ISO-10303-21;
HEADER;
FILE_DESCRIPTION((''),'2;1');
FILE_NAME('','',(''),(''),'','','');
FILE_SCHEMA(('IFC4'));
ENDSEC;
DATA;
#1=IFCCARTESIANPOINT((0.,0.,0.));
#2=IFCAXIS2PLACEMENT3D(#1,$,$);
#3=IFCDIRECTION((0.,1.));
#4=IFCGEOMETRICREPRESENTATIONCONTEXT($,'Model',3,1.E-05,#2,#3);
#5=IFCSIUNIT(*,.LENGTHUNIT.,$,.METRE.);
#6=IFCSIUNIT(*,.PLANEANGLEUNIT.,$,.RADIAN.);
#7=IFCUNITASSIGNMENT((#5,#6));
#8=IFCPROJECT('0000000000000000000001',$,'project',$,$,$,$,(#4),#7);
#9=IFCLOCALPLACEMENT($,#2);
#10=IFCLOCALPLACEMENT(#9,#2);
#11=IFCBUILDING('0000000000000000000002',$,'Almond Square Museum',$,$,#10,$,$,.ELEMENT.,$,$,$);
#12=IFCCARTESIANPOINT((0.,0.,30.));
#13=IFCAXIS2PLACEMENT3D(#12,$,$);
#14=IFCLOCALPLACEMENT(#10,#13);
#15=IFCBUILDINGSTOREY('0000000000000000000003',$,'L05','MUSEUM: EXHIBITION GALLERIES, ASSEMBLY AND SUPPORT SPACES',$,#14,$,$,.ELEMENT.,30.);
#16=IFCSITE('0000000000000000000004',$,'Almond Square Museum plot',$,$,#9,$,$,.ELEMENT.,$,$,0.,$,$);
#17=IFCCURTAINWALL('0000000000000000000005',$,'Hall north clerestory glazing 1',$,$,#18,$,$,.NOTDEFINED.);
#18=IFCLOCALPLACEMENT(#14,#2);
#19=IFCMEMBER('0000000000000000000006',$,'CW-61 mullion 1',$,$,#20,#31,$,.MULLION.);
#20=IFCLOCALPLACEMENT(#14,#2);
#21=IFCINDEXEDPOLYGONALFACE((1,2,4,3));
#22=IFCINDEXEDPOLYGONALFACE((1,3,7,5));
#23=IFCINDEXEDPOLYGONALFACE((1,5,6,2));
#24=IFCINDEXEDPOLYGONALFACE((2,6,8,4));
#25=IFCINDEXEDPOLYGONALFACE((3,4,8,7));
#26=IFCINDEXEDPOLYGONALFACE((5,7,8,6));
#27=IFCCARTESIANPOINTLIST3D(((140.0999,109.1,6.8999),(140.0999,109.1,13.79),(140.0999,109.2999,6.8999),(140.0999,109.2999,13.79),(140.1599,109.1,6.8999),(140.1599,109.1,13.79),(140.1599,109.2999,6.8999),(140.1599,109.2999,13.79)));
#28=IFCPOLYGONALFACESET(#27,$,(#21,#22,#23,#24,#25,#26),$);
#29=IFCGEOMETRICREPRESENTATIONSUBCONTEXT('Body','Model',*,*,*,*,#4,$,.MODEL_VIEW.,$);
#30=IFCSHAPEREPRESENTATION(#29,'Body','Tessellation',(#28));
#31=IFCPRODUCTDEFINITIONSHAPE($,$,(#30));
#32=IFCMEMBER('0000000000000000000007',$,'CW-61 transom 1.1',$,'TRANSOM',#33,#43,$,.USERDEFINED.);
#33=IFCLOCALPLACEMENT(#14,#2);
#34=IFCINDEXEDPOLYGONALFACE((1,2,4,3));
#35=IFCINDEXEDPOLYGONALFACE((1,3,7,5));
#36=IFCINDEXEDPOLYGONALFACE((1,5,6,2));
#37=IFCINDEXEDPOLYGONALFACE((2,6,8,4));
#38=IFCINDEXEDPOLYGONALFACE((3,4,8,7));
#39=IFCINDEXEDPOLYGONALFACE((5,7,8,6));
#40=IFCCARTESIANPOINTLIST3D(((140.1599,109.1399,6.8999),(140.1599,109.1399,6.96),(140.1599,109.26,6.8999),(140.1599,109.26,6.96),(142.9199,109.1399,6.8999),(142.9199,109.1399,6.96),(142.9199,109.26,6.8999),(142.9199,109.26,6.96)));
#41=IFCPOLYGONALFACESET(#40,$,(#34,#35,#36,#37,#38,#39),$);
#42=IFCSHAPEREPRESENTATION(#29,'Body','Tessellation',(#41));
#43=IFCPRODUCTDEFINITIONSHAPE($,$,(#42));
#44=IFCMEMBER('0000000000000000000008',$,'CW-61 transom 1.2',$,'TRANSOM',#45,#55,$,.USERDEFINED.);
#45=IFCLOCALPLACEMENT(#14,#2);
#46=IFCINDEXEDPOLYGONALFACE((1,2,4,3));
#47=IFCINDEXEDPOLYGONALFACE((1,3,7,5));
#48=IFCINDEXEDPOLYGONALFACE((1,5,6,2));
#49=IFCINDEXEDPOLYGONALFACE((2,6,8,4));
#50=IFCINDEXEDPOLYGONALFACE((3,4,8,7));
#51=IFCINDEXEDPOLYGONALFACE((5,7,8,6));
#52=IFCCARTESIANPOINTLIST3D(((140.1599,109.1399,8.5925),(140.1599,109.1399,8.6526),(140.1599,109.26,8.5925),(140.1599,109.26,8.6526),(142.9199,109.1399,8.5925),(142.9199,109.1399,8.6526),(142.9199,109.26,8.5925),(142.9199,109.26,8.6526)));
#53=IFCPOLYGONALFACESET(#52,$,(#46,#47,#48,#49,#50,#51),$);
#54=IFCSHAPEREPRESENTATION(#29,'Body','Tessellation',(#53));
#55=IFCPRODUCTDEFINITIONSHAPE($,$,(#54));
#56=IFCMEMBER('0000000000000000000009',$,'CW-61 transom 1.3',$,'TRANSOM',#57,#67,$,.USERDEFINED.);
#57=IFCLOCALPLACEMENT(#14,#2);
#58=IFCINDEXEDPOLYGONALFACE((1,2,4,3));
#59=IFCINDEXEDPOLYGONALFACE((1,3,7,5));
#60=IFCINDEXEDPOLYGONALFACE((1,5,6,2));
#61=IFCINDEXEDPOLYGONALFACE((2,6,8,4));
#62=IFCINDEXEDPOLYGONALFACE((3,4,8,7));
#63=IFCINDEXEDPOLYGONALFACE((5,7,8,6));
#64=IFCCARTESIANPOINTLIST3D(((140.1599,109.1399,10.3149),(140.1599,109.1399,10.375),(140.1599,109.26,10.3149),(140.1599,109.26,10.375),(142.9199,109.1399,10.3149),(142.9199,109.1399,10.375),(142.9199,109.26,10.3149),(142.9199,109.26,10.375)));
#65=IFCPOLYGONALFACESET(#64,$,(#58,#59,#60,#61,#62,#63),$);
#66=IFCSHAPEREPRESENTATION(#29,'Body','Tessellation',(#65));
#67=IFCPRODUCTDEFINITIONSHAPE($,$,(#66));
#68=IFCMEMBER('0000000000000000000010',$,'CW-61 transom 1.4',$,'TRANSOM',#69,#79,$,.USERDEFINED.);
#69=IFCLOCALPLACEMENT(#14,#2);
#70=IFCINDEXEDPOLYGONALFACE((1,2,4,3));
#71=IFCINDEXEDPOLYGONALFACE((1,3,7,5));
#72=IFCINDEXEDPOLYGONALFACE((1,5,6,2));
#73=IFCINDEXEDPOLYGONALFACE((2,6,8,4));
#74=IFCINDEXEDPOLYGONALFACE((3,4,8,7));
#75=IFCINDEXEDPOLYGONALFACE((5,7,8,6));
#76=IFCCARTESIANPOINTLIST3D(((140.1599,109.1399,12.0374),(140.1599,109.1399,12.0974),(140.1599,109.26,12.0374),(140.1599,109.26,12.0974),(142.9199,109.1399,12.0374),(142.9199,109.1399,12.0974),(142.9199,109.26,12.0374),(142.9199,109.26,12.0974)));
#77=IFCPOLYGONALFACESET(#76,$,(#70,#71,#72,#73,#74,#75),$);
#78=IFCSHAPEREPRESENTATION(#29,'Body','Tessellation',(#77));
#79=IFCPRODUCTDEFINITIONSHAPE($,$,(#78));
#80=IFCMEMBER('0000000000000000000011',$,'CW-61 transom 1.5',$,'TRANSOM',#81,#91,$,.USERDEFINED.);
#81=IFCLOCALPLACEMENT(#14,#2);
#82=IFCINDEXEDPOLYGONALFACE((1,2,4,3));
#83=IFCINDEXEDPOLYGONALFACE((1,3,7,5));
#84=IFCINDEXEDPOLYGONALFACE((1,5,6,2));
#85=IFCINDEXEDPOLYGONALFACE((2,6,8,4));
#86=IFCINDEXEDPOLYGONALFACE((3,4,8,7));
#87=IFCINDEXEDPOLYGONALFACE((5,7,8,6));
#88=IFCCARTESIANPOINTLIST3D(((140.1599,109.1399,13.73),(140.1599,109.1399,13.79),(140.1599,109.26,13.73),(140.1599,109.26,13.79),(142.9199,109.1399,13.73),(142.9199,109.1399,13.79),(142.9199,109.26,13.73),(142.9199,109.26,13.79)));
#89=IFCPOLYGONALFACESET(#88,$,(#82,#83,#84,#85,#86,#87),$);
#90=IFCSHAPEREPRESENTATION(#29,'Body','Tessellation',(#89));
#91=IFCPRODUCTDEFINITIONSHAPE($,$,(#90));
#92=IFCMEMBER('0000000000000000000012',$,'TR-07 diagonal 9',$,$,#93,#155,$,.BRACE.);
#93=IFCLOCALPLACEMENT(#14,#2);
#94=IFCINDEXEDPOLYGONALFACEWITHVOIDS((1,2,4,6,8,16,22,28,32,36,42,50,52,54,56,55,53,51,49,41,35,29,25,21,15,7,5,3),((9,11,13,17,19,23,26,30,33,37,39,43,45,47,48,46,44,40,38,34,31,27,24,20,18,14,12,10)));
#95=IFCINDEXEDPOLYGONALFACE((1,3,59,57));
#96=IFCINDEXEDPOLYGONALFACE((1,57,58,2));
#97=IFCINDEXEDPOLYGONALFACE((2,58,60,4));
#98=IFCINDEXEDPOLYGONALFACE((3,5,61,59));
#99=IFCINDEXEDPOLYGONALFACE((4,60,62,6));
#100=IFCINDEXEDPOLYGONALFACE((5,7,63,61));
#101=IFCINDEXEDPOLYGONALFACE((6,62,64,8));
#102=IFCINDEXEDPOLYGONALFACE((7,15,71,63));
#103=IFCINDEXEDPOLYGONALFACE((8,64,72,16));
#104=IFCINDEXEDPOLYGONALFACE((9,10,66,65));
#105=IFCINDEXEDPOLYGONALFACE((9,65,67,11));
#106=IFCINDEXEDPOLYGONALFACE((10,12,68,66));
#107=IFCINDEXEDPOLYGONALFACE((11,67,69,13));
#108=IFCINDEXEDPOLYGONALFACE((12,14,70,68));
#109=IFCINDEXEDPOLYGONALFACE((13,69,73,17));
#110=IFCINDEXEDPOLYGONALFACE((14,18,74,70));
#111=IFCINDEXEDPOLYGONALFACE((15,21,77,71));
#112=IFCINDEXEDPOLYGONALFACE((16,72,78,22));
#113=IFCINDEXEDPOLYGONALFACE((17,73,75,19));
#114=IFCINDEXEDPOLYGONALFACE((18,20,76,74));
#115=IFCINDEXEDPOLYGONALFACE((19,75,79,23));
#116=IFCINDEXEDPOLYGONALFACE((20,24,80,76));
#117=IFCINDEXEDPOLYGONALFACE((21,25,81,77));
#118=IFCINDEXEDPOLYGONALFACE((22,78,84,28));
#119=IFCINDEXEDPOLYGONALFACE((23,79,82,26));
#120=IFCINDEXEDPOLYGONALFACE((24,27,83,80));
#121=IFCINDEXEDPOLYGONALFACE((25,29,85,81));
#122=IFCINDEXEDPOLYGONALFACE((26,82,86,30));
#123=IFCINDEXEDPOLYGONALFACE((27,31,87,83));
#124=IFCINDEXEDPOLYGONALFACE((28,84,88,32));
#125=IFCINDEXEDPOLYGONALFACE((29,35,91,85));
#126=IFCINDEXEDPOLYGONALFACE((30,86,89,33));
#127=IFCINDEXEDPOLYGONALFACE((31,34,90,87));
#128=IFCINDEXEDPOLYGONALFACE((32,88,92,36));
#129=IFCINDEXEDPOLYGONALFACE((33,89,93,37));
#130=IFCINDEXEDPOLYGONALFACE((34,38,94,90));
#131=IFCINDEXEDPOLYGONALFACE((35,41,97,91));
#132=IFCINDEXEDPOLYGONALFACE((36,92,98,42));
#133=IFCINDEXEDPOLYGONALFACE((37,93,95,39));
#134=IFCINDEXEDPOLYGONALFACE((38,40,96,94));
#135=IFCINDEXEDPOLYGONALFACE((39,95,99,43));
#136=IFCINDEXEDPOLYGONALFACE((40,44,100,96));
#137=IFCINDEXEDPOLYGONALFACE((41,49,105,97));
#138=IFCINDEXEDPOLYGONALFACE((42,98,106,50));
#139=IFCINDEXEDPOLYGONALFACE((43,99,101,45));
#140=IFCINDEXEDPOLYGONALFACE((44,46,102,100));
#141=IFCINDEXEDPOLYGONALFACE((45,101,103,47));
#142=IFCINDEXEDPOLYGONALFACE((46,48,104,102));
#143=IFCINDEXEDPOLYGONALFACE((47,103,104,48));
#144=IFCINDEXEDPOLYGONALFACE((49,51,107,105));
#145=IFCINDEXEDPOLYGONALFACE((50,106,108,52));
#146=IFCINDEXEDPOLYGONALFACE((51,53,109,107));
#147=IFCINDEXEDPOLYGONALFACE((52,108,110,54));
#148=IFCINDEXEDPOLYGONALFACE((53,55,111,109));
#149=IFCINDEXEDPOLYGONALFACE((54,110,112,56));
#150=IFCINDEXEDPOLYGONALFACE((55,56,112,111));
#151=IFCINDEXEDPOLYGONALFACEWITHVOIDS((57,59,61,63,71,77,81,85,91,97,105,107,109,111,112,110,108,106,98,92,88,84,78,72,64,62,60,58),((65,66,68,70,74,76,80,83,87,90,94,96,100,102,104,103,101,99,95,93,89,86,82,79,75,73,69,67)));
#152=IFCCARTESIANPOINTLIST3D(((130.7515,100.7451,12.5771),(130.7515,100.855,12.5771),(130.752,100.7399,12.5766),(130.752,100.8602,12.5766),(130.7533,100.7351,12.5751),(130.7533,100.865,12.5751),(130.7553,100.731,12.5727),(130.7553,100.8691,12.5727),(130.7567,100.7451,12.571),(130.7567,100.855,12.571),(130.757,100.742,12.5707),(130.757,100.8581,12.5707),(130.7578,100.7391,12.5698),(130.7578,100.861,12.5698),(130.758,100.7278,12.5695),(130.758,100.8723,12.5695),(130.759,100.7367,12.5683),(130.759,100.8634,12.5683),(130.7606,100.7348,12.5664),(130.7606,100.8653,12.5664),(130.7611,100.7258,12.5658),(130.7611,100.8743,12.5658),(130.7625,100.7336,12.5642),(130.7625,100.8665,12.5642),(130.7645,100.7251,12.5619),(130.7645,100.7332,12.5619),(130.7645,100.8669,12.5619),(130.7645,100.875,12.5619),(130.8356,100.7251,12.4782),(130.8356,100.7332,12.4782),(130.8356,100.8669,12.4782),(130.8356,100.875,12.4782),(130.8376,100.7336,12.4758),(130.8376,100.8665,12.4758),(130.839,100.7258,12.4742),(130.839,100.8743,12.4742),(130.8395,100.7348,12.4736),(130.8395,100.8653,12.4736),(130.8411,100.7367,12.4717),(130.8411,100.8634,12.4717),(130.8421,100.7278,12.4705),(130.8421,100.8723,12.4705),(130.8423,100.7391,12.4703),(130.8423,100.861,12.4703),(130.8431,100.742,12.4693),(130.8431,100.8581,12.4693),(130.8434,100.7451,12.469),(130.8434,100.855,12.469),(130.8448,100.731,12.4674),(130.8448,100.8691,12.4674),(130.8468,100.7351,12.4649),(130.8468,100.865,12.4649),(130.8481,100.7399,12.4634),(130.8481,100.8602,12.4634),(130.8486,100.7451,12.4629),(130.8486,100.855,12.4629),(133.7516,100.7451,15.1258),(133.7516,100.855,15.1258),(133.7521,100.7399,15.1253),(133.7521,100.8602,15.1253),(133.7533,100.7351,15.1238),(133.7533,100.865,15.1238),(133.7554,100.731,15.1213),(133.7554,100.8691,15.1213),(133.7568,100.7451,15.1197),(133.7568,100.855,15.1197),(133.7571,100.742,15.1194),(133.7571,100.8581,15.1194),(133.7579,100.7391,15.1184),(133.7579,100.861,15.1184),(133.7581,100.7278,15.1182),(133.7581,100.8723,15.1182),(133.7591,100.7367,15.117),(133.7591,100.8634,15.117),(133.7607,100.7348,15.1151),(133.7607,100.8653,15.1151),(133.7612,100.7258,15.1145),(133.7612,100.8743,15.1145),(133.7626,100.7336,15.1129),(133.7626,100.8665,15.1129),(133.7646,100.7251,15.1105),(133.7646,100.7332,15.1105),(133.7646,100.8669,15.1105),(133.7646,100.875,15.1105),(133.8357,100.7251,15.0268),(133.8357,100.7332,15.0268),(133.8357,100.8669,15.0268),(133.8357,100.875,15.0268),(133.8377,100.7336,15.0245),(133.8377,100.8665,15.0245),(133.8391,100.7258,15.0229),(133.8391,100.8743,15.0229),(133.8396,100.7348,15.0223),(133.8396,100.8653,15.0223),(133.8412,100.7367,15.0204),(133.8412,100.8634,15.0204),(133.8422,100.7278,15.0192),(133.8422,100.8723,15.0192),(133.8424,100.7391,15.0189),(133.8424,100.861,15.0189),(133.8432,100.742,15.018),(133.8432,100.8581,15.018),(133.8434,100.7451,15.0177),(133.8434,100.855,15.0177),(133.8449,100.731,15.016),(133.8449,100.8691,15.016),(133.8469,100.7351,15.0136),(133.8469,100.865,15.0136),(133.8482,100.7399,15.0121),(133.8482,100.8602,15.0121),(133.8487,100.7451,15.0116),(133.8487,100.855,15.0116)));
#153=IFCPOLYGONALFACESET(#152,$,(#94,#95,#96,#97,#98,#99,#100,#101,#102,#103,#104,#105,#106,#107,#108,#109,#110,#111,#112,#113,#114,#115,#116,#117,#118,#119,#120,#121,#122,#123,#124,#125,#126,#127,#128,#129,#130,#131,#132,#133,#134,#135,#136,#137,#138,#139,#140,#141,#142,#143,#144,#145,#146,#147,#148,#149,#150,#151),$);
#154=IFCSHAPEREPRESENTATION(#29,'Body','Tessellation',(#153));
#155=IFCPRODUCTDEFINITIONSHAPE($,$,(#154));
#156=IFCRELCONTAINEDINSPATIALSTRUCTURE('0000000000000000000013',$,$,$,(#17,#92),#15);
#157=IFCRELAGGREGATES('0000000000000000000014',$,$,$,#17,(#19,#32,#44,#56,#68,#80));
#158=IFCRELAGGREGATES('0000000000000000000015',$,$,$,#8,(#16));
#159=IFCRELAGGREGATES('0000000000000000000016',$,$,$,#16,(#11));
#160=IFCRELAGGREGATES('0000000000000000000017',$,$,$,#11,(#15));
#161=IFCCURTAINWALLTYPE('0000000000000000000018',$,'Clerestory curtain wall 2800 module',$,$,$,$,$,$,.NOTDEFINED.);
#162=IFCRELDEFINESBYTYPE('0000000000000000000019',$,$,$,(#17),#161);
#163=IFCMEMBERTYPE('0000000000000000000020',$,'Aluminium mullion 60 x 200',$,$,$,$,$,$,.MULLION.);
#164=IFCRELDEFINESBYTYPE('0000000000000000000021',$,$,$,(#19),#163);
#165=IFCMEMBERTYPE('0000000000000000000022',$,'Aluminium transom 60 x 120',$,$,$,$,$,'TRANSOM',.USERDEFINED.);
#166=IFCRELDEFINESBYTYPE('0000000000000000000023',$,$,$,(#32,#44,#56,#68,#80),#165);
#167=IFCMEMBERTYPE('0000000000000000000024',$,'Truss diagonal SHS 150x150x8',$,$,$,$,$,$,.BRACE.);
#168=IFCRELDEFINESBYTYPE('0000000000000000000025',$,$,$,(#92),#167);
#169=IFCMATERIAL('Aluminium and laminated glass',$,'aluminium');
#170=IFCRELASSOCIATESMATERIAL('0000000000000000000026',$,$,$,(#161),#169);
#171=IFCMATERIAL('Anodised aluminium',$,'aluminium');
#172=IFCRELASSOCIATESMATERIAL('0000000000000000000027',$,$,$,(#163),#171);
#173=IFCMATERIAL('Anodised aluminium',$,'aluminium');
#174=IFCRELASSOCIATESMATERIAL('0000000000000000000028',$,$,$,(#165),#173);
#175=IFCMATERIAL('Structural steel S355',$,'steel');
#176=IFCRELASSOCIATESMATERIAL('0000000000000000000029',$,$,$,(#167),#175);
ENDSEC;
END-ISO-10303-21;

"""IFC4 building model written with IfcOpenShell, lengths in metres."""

from ifc_helpers import new_model, si_unit, direction, frame, origin, origin_2d, place, context, subcontext, project, spatial, rectangle, hollow_rectangle, extrude, material, material_profile, profile_set, type_object, element, aggregate, save


model = new_model("IFC4")

# Units and contexts
model_context = context("Model", 3, precision=1e-05, world=origin(), true_north=direction((0.0, 1.0)))
body_context = subcontext(model_context, "Body", "Model", "MODEL_VIEW")
ifc_project = project(units=[si_unit("LENGTHUNIT", "METRE"), si_unit("PLANEANGLEUNIT", "RADIAN")], contexts=[model_context])

# Site, building, storey
site_placement = place(None, origin())
site = spatial("IfcSite", under=ifc_project, at=site_placement, Name="Almond Square Museum plot", CompositionType="ELEMENT", RefElevation=0.0)
building_placement = place(site_placement, origin())
building = spatial("IfcBuilding", under=site, at=building_placement, Name="Almond Square Museum", CompositionType="ELEMENT")
storey_placement = place(building_placement, frame((0.0, 0.0, 30.0)))
storey = spatial("IfcBuildingStorey", under=building, at=storey_placement, Name="L05", Description="MUSEUM: EXHIBITION GALLERIES, ASSEMBLY AND SUPPORT SPACES", CompositionType="ELEMENT", Elevation=30.0)

# Curtain wall, members
ifc_material_1 = material(Name="Aluminium and laminated glass", Category="aluminium")
curtain_wall_type = type_object("IfcCurtainWallType", Name="Clerestory curtain wall 2800 module", PredefinedType="NOTDEFINED", material=ifc_material_1)
curtain_wall_placement = place(storey_placement, origin())
curtain_wall = element("IfcCurtainWall", 1, at=curtain_wall_placement, inside=storey, type_object=curtain_wall_type, Name="Hall north clerestory glazing 1", PredefinedType="NOTDEFINED")
ifc_material_2 = material(Name="Anodised aluminium", Category="aluminium")
ifc_material_profile_1 = material_profile(ifc_material_2, rectangle(XDim=0.2, YDim=0.0601, at=origin_2d()))
ifc_profile_set_1 = profile_set([ifc_material_profile_1], Name="Anodised aluminium")
member_type_1 = type_object("IfcMemberType", Name="Aluminium mullion 60 x 200", PredefinedType="MULLION", material=ifc_profile_set_1)
member_1_placement = place(storey_placement, frame((140.1299, 109.2, 6.8999), z_axis=(0.0, 0.0, 1.0), x_axis=(0.0, 1.0, 0.0)))
member_1 = element("IfcMember", 2, at=member_1_placement, type_object=member_type_1, Name="CW-61 mullion 1", PredefinedType="MULLION", context=body_context, shape_type="SweptSolid", body=[
    extrude(rectangle(XDim=0.2, YDim=0.0601, at=origin_2d()), origin(), (0.0, 0.0, 1.0), 6.8901),
])
ifc_material_3 = material(Name="Anodised aluminium", Category="aluminium")
ifc_material_profile_2 = material_profile(ifc_material_3, rectangle(XDim=0.1201, YDim=0.0601, at=origin_2d()))
ifc_profile_set_2 = profile_set([ifc_material_profile_2], Name="Anodised aluminium")
member_type_2 = type_object("IfcMemberType", Name="Aluminium transom 60 x 120", ElementType="TRANSOM", PredefinedType="USERDEFINED", material=ifc_profile_set_2)
member_2_placement = place(storey_placement, frame((140.1599, 109.2, 6.9299), z_axis=(1.0, 0.0, 0.0), x_axis=(0.0, 1.0, 0.0)))
member_2 = element("IfcMember", 3, at=member_2_placement, type_object=member_type_2, Name="CW-61 transom 1.1", ObjectType="TRANSOM", PredefinedType="USERDEFINED", context=body_context, shape_type="SweptSolid", body=[
    extrude(rectangle(XDim=0.1201, YDim=0.0601, at=origin_2d()), origin(), (0.0, 0.0, 1.0), 2.76),
])
member_3_placement = place(storey_placement, frame((140.1599, 109.2, 8.6226), z_axis=(1.0, 0.0, 0.0), x_axis=(0.0, 1.0, 0.0)))
member_3 = element("IfcMember", 4, at=member_3_placement, type_object=member_type_2, Name="CW-61 transom 1.2", ObjectType="TRANSOM", PredefinedType="USERDEFINED", context=body_context, shape_type="SweptSolid", body=[
    extrude(rectangle(XDim=0.1201, YDim=0.0601, at=origin_2d()), origin(), (0.0, 0.0, 1.0), 2.76),
])
member_4_placement = place(storey_placement, frame((140.1599, 109.2, 10.345), z_axis=(1.0, 0.0, 0.0), x_axis=(0.0, 1.0, 0.0)))
member_4 = element("IfcMember", 5, at=member_4_placement, type_object=member_type_2, Name="CW-61 transom 1.3", ObjectType="TRANSOM", PredefinedType="USERDEFINED", context=body_context, shape_type="SweptSolid", body=[
    extrude(rectangle(XDim=0.1201, YDim=0.0601, at=origin_2d()), origin(), (0.0, 0.0, 1.0), 2.76),
])
member_5_placement = place(storey_placement, frame((140.1599, 109.2, 12.0674), z_axis=(1.0, 0.0, 0.0), x_axis=(0.0, 1.0, 0.0)))
member_5 = element("IfcMember", 6, at=member_5_placement, type_object=member_type_2, Name="CW-61 transom 1.4", ObjectType="TRANSOM", PredefinedType="USERDEFINED", context=body_context, shape_type="SweptSolid", body=[
    extrude(rectangle(XDim=0.1201, YDim=0.0601, at=origin_2d()), origin(), (0.0, 0.0, 1.0), 2.76),
])
member_6_placement = place(storey_placement, frame((140.1599, 109.2, 13.76), z_axis=(1.0, 0.0, 0.0), x_axis=(0.0, 1.0, 0.0)))
member_6 = element("IfcMember", 7, at=member_6_placement, type_object=member_type_2, Name="CW-61 transom 1.5", ObjectType="TRANSOM", PredefinedType="USERDEFINED", context=body_context, shape_type="SweptSolid", body=[
    extrude(rectangle(XDim=0.1201, YDim=0.0601, at=origin_2d()), origin(), (0.0, 0.0, 1.0), 2.76),
])

# Member
ifc_material_4 = material(Name="Structural steel S355", Category="steel")
ifc_material_profile_3 = material_profile(ifc_material_4, hollow_rectangle(XDim=0.1499, YDim=0.1499, WallThickness=0.0081, InnerFilletRadius=0.012, OuterFilletRadius=0.02, at=origin_2d()))
ifc_profile_set_3 = profile_set([ifc_material_profile_3], Name="Structural steel S355")
member_type_3 = type_object("IfcMemberType", Name="Truss diagonal SHS 150x150x8", PredefinedType="BRACE", material=ifc_profile_set_3)
for number, where, z_axis, x_axis, name in (
    (8, (130.8, 100.8, 12.52), (0.762117, 0.0, 0.64744), (0.0, 1.0, 0.0), "TR-07 diagonal 9"),
):
    element("IfcMember", number, at=place(storey_placement, frame(where, z_axis=z_axis, x_axis=x_axis)), inside=storey, type_object=member_type_3, Name=name, PredefinedType="BRACE", context=body_context, shape_type="SweptSolid", body=[
        extrude(hollow_rectangle(XDim=0.1499, YDim=0.1499, WallThickness=0.0081, InnerFilletRadius=0.012, OuterFilletRadius=0.02, at=origin_2d()), origin(), (0.0, 0.0, 1.0), 3.9365),
    ])

aggregate(curtain_wall, [member_1, member_2, member_3, member_4, member_5, member_6])

save(model, "model.ifc")
